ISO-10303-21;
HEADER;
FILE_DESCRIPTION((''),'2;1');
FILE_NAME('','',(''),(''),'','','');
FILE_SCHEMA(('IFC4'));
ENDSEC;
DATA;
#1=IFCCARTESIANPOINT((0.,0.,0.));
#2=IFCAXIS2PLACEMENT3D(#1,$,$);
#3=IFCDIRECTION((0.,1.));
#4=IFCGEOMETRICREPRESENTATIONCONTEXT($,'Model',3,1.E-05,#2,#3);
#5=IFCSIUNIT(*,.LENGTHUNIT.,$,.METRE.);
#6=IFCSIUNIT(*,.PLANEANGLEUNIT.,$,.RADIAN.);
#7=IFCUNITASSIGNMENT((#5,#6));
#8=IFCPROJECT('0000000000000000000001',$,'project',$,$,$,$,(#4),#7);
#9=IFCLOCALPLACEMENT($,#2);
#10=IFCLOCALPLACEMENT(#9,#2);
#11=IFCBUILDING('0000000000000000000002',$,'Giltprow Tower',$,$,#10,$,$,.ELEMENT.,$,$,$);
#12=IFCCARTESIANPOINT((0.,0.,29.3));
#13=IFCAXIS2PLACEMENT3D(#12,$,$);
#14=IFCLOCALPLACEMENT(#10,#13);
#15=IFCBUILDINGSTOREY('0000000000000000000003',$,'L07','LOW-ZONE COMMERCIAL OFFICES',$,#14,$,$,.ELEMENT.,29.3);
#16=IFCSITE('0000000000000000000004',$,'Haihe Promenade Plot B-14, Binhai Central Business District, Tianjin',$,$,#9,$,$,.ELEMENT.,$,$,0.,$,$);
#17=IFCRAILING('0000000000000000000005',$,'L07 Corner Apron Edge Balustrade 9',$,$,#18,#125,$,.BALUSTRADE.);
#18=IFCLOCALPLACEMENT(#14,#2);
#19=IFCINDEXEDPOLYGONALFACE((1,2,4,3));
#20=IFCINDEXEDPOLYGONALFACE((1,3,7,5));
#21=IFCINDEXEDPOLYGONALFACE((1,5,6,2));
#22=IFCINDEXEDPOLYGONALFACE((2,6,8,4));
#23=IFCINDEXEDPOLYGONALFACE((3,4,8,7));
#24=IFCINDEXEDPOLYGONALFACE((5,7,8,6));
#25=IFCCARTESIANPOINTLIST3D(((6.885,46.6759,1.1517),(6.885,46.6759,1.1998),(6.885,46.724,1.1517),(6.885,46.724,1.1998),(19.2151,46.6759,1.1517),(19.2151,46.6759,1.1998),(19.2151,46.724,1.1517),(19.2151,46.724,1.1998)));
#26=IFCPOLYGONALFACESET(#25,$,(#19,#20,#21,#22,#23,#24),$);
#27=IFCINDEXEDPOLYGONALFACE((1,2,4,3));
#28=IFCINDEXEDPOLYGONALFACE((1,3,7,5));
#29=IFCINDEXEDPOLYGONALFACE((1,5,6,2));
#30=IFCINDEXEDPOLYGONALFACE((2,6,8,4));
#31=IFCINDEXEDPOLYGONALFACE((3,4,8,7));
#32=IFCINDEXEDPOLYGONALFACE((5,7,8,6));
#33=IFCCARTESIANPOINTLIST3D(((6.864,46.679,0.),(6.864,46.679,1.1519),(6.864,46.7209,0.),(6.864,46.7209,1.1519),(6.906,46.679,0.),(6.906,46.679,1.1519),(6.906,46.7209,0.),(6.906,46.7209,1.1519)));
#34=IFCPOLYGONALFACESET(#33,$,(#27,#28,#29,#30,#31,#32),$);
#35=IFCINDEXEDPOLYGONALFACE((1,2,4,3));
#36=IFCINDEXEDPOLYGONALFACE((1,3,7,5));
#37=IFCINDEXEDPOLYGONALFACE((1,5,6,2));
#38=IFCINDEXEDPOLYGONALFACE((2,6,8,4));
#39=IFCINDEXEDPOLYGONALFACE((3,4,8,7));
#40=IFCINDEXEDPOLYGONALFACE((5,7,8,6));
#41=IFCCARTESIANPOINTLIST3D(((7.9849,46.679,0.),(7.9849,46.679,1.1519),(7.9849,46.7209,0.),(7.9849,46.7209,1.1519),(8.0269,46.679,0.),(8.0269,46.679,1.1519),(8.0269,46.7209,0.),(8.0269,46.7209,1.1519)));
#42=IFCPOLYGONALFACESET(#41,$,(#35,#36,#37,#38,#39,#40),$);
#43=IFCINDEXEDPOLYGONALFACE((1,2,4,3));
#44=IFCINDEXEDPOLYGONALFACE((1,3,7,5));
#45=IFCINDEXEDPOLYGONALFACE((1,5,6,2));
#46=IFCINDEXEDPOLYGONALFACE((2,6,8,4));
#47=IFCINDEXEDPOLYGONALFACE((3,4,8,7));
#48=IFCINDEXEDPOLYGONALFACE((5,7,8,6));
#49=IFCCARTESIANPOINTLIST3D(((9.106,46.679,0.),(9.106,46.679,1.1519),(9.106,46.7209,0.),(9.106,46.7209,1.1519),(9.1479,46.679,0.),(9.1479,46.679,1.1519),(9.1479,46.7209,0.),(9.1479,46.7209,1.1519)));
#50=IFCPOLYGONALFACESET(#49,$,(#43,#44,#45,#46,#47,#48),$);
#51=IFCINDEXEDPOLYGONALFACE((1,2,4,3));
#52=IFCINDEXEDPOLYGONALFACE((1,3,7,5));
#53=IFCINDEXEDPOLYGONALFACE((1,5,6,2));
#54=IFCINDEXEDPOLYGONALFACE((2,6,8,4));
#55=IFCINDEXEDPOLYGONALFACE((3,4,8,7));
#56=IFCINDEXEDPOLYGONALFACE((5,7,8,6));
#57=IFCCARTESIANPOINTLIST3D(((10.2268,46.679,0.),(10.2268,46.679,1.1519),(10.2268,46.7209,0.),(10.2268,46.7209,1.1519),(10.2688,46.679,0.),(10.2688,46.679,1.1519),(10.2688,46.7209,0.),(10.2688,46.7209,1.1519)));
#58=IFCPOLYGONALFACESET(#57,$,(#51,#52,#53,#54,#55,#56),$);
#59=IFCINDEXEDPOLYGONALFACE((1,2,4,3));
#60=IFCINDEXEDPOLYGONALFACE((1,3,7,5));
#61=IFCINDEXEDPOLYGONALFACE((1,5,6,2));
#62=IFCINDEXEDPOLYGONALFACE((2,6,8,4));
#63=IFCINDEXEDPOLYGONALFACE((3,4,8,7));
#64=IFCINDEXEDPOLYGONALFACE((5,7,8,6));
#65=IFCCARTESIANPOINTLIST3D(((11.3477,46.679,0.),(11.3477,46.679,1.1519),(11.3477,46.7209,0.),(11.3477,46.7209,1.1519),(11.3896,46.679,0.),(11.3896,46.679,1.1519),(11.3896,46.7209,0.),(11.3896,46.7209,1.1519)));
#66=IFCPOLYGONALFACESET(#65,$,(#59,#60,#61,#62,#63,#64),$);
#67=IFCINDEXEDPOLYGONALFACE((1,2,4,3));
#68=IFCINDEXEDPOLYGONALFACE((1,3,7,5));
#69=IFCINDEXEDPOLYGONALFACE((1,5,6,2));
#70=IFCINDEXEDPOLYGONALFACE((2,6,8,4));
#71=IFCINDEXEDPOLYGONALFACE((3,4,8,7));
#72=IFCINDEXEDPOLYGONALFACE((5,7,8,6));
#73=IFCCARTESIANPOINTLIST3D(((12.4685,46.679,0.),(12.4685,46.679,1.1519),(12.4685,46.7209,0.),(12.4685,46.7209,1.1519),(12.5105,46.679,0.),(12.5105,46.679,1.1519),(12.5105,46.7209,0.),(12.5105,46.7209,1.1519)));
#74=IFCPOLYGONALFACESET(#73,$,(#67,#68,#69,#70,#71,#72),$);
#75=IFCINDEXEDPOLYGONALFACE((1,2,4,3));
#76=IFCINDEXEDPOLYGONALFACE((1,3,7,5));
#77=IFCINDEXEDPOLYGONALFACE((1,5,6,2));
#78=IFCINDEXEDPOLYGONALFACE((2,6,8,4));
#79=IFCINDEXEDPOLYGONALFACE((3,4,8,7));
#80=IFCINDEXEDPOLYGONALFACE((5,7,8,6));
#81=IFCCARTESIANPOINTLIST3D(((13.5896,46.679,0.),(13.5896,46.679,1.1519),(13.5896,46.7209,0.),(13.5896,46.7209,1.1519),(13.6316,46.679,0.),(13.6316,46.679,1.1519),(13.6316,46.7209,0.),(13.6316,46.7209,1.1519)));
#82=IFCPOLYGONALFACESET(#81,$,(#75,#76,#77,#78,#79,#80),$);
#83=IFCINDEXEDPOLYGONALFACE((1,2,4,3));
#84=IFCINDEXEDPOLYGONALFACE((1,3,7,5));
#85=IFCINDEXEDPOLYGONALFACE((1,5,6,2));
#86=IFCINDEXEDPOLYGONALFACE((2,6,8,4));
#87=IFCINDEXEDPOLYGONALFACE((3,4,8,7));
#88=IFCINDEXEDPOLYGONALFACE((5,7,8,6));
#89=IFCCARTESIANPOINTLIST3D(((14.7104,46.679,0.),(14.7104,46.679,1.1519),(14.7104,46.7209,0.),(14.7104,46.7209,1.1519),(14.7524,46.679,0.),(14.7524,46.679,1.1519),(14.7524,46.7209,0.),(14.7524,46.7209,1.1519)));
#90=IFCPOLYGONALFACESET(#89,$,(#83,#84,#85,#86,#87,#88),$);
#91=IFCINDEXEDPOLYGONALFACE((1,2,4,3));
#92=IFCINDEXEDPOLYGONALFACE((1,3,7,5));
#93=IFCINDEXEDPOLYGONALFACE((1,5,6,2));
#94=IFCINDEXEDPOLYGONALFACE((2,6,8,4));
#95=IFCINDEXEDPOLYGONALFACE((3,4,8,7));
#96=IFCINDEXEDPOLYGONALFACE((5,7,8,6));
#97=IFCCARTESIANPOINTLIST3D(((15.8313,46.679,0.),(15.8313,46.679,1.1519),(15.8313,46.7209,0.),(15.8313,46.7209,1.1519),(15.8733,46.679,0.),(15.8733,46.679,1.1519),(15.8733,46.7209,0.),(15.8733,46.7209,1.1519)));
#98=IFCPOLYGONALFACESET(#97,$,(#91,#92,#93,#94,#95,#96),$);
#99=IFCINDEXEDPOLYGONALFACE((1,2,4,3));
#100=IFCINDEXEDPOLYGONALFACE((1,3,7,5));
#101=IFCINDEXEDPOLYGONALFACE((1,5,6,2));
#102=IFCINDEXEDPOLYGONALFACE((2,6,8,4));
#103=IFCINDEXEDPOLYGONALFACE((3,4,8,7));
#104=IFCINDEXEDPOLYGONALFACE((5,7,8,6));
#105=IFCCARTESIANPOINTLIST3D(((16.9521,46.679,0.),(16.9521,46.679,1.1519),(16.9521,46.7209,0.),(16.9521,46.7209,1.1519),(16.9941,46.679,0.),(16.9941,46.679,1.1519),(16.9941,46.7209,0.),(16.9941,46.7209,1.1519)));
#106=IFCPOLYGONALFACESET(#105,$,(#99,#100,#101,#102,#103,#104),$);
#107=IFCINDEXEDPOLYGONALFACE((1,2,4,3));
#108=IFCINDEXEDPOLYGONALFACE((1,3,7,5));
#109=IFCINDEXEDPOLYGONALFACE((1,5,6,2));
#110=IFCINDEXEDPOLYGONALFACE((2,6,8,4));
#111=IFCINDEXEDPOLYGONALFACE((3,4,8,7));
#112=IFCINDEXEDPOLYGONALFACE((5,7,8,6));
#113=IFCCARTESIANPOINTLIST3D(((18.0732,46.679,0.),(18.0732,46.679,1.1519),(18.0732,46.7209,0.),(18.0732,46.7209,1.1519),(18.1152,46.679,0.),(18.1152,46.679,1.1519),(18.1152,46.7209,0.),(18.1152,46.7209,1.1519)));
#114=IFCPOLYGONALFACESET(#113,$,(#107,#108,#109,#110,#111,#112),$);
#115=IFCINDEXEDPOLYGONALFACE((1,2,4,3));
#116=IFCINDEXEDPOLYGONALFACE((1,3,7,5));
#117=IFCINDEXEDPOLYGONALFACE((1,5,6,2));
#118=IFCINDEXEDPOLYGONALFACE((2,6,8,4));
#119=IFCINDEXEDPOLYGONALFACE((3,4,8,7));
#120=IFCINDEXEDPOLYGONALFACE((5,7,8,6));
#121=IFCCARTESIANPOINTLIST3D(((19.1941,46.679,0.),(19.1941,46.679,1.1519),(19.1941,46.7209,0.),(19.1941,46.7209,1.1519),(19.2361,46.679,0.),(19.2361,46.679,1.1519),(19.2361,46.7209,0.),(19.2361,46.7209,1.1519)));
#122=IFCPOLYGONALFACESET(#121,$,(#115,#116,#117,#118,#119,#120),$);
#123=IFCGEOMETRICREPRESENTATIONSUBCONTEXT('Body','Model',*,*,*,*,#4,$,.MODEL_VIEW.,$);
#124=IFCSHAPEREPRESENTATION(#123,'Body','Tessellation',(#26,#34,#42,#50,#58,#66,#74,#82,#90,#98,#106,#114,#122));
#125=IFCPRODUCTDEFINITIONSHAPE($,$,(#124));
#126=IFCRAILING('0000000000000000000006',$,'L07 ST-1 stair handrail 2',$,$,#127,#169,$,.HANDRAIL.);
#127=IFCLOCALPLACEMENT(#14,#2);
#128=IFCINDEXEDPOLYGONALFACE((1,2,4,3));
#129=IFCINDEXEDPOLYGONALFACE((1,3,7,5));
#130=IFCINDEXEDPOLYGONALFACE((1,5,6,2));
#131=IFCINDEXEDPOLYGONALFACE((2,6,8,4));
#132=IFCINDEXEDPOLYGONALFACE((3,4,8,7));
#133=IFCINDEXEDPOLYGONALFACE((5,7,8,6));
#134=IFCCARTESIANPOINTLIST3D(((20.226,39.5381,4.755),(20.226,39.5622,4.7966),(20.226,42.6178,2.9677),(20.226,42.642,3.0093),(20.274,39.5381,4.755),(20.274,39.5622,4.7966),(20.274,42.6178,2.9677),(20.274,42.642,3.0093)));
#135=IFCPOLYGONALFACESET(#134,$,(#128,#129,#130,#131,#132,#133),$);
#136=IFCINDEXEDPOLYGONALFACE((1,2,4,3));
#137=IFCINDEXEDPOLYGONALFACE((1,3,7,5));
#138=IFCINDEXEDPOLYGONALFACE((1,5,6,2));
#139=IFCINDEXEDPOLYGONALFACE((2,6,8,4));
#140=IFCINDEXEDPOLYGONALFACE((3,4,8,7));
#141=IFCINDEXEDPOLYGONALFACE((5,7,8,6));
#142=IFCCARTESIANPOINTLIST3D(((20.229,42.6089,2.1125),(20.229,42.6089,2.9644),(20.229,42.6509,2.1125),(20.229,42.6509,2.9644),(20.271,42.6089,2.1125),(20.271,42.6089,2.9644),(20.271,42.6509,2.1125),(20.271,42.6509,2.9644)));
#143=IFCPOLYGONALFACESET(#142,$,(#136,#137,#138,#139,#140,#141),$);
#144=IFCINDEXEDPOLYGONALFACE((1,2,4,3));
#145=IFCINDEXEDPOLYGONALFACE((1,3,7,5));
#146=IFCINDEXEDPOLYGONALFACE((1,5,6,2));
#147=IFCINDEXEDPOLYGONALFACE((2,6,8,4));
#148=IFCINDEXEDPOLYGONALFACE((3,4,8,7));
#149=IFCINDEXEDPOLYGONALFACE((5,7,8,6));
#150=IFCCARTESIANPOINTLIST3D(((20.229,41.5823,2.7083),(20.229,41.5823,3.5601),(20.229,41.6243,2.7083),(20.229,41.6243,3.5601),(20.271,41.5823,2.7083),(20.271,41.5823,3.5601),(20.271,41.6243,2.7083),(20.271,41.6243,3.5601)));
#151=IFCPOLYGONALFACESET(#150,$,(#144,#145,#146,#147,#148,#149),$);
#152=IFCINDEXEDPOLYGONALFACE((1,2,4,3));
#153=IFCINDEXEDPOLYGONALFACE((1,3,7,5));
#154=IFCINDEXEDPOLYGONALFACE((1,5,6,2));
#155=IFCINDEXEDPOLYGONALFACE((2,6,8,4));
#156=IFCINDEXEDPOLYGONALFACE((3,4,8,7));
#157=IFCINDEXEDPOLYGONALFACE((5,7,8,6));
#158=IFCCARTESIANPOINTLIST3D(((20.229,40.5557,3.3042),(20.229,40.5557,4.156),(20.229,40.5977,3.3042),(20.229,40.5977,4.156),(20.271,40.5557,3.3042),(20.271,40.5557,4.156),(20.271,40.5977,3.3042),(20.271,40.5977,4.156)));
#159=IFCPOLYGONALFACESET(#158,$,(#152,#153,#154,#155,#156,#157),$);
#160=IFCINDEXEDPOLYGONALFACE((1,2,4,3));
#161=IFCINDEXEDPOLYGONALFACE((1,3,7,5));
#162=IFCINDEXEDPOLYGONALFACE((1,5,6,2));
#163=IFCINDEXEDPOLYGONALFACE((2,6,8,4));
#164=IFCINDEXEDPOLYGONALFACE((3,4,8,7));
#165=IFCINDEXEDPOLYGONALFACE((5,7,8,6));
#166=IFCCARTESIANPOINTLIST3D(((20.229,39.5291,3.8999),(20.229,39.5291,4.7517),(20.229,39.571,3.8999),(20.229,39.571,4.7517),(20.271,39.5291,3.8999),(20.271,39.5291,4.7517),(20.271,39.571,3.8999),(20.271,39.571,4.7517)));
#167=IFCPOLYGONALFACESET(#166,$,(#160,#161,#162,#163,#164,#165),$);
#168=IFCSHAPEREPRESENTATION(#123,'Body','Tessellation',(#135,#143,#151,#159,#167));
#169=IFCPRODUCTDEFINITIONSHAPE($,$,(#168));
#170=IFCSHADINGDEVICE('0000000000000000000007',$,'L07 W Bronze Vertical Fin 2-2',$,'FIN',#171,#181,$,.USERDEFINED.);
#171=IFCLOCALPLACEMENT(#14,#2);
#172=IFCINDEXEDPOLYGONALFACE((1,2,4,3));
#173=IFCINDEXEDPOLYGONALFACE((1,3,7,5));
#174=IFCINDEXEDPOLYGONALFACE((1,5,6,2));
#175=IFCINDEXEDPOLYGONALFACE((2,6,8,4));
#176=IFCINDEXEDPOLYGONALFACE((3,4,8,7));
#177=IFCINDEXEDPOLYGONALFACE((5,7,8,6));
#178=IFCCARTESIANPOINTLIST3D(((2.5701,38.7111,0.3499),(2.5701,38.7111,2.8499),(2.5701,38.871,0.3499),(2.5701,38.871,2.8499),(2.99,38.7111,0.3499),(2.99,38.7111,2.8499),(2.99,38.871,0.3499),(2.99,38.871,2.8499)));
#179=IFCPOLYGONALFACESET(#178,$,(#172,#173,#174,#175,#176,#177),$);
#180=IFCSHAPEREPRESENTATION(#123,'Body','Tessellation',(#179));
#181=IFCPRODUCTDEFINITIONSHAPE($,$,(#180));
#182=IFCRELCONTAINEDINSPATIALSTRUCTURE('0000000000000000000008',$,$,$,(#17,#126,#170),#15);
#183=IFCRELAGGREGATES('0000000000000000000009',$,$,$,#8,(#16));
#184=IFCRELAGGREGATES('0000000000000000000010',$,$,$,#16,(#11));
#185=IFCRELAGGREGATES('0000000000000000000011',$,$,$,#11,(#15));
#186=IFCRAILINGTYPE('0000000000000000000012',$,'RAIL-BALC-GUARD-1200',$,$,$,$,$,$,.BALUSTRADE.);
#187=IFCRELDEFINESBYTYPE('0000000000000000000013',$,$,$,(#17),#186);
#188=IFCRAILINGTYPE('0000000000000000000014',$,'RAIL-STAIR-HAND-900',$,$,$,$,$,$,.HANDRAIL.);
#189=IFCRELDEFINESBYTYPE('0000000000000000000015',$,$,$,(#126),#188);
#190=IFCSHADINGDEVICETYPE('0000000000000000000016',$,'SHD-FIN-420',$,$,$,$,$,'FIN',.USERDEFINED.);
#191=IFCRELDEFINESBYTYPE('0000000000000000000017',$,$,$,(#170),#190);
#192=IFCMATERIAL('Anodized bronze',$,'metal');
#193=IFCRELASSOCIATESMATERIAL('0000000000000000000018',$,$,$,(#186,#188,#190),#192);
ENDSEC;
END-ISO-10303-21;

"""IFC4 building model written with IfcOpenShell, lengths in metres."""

from ifc_helpers import new_model, si_unit, direction, frame, origin, origin_2d, place, context, subcontext, project, spatial, rectangle, extrude, source, transform, mapped, material, type_object, element, save


model = new_model("IFC4")

# Units and contexts
model_context = context("Model", 3, precision=1e-05, world=origin(), true_north=direction((0.0, 1.0)))
body_context = subcontext(model_context, "Body", "Model", "MODEL_VIEW")
ifc_project = project(units=[si_unit("LENGTHUNIT", "METRE"), si_unit("PLANEANGLEUNIT", "RADIAN")], contexts=[model_context])

# Site, building, storey
site_placement = place(None, origin())
site = spatial("IfcSite", under=ifc_project, at=site_placement, Name="Haihe Promenade Plot B-14, Binhai Central Business District, Tianjin", CompositionType="ELEMENT", RefElevation=0.0)
building_placement = place(site_placement, origin())
building = spatial("IfcBuilding", under=site, at=building_placement, Name="Giltprow Tower", CompositionType="ELEMENT")
storey_placement = place(building_placement, frame((0.0, 0.0, 29.3)))
storey = spatial("IfcBuildingStorey", under=building, at=storey_placement, Name="L07", Description="LOW-ZONE COMMERCIAL OFFICES", CompositionType="ELEMENT", Elevation=29.3)

# Railings
ifc_material_1 = material(Name="Anodized bronze", Category="metal")
railing_type_1 = type_object("IfcRailingType", Name="RAIL-BALC-GUARD-1200", PredefinedType="BALUSTRADE", material=ifc_material_1)
railing_1_placement = place(storey_placement, frame((6.885, 46.7, 0.0)))
element("IfcRailing", 1, at=railing_1_placement, inside=storey, type_object=railing_type_1, Name="L07 Corner Apron Edge Balustrade 9", PredefinedType="BALUSTRADE", context=body_context, shape_type="SweptSolid", body=[
    extrude(rectangle(XDim=0.0481, YDim=0.0481, at=origin_2d()), frame((0.0, 0.0, 1.1758), z_axis=(1.0, 0.0, 0.0), x_axis=(0.0, 1.0, 0.0)), (0.0, 0.0, 1.0), 12.3301),
    extrude(rectangle(XDim=0.042, YDim=0.042, at=origin_2d()), origin(), (0.0, 0.0, 1.0), 1.1519),
    extrude(rectangle(XDim=0.042, YDim=0.042, at=origin_2d()), frame((1.1208, 0.0, 0.0)), (0.0, 0.0, 1.0), 1.1519),
    extrude(rectangle(XDim=0.042, YDim=0.042, at=origin_2d()), frame((2.2419, 0.0, 0.0)), (0.0, 0.0, 1.0), 1.1519),
    extrude(rectangle(XDim=0.042, YDim=0.042, at=origin_2d()), frame((3.3628, 0.0, 0.0)), (0.0, 0.0, 1.0), 1.1519),
    extrude(rectangle(XDim=0.042, YDim=0.042, at=origin_2d()), frame((4.4836, 0.0, 0.0)), (0.0, 0.0, 1.0), 1.1519),
    extrude(rectangle(XDim=0.042, YDim=0.042, at=origin_2d()), frame((5.6045, 0.0, 0.0)), (0.0, 0.0, 1.0), 1.1519),
    extrude(rectangle(XDim=0.042, YDim=0.042, at=origin_2d()), frame((6.7256, 0.0, 0.0)), (0.0, 0.0, 1.0), 1.1519),
    extrude(rectangle(XDim=0.042, YDim=0.042, at=origin_2d()), frame((7.8464, 0.0, 0.0)), (0.0, 0.0, 1.0), 1.1519),
    extrude(rectangle(XDim=0.042, YDim=0.042, at=origin_2d()), frame((8.9673, 0.0, 0.0)), (0.0, 0.0, 1.0), 1.1519),
    extrude(rectangle(XDim=0.042, YDim=0.042, at=origin_2d()), frame((10.0881, 0.0, 0.0)), (0.0, 0.0, 1.0), 1.1519),
    extrude(rectangle(XDim=0.042, YDim=0.042, at=origin_2d()), frame((11.2092, 0.0, 0.0)), (0.0, 0.0, 1.0), 1.1519),
    extrude(rectangle(XDim=0.042, YDim=0.042, at=origin_2d()), frame((12.3301, 0.0, 0.0)), (0.0, 0.0, 1.0), 1.1519),
])
railing_type_2 = type_object("IfcRailingType", Name="RAIL-STAIR-HAND-900", PredefinedType="HANDRAIL", material=ifc_material_1)
railing_2_placement = place(storey_placement, frame((20.25, 42.6299, 2.1125)))
element("IfcRailing", 2, at=railing_2_placement, inside=storey, type_object=railing_type_2, Name="L07 ST-1 stair handrail 2", PredefinedType="HANDRAIL", context=body_context, shape_type="SweptSolid", body=[
    extrude(rectangle(XDim=0.0481, YDim=0.0481, at=origin_2d()), frame((0.0, 0.0, 0.876), z_axis=(0.0, -0.864903, 0.501939), x_axis=(1.0, 0.0, 0.0)), (0.0, 0.0, 1.0), 3.5608),
    extrude(rectangle(XDim=0.042, YDim=0.042, at=origin_2d()), origin(), (0.0, 0.0, 1.0), 0.8518),
    extrude(rectangle(XDim=0.042, YDim=0.042, at=origin_2d()), frame((0.0, -1.0266, 0.5957)), (0.0, 0.0, 1.0), 0.8518),
    extrude(rectangle(XDim=0.042, YDim=0.042, at=origin_2d()), frame((0.0, -2.0532, 1.1917)), (0.0, 0.0, 1.0), 0.8518),
    extrude(rectangle(XDim=0.042, YDim=0.042, at=origin_2d()), frame((0.0, -3.0798, 1.7874)), (0.0, 0.0, 1.0), 0.8518),
])

# Shading device
shading_device_type = type_object("IfcShadingDeviceType", Name="SHD-FIN-420", ElementType="FIN", PredefinedType="USERDEFINED", material=ifc_material_1)
shared_shape_1 = source(origin(), body_context, "Body", "SweptSolid", [
    extrude(rectangle(XDim=0.4199, YDim=0.1599, at=origin_2d()), origin(), (0.0, 0.0, 1.0), 2.5),
])
shading_device_placement = place(storey_placement, frame((2.78, 38.791, 0.3499), z_axis=(0.0, 0.0, 1.0), x_axis=(1.0, 0.0, 0.0)))
element("IfcShadingDevice", 3, at=shading_device_placement, inside=storey, type_object=shading_device_type, Name="L07 W Bronze Vertical Fin 2-2", ObjectType="FIN", PredefinedType="USERDEFINED", context=body_context, shape_type="MappedRepresentation", body=[
    mapped(shared_shape_1, transform((0.0, 0.0, 0.0), x_axis=(1.0, 0.0, 0.0), y_axis=(0.0, 1.0, 0.0), z_axis=(0.0, 0.0, 1.0), scale=1.0)),
])

save(model, "model.ifc")
